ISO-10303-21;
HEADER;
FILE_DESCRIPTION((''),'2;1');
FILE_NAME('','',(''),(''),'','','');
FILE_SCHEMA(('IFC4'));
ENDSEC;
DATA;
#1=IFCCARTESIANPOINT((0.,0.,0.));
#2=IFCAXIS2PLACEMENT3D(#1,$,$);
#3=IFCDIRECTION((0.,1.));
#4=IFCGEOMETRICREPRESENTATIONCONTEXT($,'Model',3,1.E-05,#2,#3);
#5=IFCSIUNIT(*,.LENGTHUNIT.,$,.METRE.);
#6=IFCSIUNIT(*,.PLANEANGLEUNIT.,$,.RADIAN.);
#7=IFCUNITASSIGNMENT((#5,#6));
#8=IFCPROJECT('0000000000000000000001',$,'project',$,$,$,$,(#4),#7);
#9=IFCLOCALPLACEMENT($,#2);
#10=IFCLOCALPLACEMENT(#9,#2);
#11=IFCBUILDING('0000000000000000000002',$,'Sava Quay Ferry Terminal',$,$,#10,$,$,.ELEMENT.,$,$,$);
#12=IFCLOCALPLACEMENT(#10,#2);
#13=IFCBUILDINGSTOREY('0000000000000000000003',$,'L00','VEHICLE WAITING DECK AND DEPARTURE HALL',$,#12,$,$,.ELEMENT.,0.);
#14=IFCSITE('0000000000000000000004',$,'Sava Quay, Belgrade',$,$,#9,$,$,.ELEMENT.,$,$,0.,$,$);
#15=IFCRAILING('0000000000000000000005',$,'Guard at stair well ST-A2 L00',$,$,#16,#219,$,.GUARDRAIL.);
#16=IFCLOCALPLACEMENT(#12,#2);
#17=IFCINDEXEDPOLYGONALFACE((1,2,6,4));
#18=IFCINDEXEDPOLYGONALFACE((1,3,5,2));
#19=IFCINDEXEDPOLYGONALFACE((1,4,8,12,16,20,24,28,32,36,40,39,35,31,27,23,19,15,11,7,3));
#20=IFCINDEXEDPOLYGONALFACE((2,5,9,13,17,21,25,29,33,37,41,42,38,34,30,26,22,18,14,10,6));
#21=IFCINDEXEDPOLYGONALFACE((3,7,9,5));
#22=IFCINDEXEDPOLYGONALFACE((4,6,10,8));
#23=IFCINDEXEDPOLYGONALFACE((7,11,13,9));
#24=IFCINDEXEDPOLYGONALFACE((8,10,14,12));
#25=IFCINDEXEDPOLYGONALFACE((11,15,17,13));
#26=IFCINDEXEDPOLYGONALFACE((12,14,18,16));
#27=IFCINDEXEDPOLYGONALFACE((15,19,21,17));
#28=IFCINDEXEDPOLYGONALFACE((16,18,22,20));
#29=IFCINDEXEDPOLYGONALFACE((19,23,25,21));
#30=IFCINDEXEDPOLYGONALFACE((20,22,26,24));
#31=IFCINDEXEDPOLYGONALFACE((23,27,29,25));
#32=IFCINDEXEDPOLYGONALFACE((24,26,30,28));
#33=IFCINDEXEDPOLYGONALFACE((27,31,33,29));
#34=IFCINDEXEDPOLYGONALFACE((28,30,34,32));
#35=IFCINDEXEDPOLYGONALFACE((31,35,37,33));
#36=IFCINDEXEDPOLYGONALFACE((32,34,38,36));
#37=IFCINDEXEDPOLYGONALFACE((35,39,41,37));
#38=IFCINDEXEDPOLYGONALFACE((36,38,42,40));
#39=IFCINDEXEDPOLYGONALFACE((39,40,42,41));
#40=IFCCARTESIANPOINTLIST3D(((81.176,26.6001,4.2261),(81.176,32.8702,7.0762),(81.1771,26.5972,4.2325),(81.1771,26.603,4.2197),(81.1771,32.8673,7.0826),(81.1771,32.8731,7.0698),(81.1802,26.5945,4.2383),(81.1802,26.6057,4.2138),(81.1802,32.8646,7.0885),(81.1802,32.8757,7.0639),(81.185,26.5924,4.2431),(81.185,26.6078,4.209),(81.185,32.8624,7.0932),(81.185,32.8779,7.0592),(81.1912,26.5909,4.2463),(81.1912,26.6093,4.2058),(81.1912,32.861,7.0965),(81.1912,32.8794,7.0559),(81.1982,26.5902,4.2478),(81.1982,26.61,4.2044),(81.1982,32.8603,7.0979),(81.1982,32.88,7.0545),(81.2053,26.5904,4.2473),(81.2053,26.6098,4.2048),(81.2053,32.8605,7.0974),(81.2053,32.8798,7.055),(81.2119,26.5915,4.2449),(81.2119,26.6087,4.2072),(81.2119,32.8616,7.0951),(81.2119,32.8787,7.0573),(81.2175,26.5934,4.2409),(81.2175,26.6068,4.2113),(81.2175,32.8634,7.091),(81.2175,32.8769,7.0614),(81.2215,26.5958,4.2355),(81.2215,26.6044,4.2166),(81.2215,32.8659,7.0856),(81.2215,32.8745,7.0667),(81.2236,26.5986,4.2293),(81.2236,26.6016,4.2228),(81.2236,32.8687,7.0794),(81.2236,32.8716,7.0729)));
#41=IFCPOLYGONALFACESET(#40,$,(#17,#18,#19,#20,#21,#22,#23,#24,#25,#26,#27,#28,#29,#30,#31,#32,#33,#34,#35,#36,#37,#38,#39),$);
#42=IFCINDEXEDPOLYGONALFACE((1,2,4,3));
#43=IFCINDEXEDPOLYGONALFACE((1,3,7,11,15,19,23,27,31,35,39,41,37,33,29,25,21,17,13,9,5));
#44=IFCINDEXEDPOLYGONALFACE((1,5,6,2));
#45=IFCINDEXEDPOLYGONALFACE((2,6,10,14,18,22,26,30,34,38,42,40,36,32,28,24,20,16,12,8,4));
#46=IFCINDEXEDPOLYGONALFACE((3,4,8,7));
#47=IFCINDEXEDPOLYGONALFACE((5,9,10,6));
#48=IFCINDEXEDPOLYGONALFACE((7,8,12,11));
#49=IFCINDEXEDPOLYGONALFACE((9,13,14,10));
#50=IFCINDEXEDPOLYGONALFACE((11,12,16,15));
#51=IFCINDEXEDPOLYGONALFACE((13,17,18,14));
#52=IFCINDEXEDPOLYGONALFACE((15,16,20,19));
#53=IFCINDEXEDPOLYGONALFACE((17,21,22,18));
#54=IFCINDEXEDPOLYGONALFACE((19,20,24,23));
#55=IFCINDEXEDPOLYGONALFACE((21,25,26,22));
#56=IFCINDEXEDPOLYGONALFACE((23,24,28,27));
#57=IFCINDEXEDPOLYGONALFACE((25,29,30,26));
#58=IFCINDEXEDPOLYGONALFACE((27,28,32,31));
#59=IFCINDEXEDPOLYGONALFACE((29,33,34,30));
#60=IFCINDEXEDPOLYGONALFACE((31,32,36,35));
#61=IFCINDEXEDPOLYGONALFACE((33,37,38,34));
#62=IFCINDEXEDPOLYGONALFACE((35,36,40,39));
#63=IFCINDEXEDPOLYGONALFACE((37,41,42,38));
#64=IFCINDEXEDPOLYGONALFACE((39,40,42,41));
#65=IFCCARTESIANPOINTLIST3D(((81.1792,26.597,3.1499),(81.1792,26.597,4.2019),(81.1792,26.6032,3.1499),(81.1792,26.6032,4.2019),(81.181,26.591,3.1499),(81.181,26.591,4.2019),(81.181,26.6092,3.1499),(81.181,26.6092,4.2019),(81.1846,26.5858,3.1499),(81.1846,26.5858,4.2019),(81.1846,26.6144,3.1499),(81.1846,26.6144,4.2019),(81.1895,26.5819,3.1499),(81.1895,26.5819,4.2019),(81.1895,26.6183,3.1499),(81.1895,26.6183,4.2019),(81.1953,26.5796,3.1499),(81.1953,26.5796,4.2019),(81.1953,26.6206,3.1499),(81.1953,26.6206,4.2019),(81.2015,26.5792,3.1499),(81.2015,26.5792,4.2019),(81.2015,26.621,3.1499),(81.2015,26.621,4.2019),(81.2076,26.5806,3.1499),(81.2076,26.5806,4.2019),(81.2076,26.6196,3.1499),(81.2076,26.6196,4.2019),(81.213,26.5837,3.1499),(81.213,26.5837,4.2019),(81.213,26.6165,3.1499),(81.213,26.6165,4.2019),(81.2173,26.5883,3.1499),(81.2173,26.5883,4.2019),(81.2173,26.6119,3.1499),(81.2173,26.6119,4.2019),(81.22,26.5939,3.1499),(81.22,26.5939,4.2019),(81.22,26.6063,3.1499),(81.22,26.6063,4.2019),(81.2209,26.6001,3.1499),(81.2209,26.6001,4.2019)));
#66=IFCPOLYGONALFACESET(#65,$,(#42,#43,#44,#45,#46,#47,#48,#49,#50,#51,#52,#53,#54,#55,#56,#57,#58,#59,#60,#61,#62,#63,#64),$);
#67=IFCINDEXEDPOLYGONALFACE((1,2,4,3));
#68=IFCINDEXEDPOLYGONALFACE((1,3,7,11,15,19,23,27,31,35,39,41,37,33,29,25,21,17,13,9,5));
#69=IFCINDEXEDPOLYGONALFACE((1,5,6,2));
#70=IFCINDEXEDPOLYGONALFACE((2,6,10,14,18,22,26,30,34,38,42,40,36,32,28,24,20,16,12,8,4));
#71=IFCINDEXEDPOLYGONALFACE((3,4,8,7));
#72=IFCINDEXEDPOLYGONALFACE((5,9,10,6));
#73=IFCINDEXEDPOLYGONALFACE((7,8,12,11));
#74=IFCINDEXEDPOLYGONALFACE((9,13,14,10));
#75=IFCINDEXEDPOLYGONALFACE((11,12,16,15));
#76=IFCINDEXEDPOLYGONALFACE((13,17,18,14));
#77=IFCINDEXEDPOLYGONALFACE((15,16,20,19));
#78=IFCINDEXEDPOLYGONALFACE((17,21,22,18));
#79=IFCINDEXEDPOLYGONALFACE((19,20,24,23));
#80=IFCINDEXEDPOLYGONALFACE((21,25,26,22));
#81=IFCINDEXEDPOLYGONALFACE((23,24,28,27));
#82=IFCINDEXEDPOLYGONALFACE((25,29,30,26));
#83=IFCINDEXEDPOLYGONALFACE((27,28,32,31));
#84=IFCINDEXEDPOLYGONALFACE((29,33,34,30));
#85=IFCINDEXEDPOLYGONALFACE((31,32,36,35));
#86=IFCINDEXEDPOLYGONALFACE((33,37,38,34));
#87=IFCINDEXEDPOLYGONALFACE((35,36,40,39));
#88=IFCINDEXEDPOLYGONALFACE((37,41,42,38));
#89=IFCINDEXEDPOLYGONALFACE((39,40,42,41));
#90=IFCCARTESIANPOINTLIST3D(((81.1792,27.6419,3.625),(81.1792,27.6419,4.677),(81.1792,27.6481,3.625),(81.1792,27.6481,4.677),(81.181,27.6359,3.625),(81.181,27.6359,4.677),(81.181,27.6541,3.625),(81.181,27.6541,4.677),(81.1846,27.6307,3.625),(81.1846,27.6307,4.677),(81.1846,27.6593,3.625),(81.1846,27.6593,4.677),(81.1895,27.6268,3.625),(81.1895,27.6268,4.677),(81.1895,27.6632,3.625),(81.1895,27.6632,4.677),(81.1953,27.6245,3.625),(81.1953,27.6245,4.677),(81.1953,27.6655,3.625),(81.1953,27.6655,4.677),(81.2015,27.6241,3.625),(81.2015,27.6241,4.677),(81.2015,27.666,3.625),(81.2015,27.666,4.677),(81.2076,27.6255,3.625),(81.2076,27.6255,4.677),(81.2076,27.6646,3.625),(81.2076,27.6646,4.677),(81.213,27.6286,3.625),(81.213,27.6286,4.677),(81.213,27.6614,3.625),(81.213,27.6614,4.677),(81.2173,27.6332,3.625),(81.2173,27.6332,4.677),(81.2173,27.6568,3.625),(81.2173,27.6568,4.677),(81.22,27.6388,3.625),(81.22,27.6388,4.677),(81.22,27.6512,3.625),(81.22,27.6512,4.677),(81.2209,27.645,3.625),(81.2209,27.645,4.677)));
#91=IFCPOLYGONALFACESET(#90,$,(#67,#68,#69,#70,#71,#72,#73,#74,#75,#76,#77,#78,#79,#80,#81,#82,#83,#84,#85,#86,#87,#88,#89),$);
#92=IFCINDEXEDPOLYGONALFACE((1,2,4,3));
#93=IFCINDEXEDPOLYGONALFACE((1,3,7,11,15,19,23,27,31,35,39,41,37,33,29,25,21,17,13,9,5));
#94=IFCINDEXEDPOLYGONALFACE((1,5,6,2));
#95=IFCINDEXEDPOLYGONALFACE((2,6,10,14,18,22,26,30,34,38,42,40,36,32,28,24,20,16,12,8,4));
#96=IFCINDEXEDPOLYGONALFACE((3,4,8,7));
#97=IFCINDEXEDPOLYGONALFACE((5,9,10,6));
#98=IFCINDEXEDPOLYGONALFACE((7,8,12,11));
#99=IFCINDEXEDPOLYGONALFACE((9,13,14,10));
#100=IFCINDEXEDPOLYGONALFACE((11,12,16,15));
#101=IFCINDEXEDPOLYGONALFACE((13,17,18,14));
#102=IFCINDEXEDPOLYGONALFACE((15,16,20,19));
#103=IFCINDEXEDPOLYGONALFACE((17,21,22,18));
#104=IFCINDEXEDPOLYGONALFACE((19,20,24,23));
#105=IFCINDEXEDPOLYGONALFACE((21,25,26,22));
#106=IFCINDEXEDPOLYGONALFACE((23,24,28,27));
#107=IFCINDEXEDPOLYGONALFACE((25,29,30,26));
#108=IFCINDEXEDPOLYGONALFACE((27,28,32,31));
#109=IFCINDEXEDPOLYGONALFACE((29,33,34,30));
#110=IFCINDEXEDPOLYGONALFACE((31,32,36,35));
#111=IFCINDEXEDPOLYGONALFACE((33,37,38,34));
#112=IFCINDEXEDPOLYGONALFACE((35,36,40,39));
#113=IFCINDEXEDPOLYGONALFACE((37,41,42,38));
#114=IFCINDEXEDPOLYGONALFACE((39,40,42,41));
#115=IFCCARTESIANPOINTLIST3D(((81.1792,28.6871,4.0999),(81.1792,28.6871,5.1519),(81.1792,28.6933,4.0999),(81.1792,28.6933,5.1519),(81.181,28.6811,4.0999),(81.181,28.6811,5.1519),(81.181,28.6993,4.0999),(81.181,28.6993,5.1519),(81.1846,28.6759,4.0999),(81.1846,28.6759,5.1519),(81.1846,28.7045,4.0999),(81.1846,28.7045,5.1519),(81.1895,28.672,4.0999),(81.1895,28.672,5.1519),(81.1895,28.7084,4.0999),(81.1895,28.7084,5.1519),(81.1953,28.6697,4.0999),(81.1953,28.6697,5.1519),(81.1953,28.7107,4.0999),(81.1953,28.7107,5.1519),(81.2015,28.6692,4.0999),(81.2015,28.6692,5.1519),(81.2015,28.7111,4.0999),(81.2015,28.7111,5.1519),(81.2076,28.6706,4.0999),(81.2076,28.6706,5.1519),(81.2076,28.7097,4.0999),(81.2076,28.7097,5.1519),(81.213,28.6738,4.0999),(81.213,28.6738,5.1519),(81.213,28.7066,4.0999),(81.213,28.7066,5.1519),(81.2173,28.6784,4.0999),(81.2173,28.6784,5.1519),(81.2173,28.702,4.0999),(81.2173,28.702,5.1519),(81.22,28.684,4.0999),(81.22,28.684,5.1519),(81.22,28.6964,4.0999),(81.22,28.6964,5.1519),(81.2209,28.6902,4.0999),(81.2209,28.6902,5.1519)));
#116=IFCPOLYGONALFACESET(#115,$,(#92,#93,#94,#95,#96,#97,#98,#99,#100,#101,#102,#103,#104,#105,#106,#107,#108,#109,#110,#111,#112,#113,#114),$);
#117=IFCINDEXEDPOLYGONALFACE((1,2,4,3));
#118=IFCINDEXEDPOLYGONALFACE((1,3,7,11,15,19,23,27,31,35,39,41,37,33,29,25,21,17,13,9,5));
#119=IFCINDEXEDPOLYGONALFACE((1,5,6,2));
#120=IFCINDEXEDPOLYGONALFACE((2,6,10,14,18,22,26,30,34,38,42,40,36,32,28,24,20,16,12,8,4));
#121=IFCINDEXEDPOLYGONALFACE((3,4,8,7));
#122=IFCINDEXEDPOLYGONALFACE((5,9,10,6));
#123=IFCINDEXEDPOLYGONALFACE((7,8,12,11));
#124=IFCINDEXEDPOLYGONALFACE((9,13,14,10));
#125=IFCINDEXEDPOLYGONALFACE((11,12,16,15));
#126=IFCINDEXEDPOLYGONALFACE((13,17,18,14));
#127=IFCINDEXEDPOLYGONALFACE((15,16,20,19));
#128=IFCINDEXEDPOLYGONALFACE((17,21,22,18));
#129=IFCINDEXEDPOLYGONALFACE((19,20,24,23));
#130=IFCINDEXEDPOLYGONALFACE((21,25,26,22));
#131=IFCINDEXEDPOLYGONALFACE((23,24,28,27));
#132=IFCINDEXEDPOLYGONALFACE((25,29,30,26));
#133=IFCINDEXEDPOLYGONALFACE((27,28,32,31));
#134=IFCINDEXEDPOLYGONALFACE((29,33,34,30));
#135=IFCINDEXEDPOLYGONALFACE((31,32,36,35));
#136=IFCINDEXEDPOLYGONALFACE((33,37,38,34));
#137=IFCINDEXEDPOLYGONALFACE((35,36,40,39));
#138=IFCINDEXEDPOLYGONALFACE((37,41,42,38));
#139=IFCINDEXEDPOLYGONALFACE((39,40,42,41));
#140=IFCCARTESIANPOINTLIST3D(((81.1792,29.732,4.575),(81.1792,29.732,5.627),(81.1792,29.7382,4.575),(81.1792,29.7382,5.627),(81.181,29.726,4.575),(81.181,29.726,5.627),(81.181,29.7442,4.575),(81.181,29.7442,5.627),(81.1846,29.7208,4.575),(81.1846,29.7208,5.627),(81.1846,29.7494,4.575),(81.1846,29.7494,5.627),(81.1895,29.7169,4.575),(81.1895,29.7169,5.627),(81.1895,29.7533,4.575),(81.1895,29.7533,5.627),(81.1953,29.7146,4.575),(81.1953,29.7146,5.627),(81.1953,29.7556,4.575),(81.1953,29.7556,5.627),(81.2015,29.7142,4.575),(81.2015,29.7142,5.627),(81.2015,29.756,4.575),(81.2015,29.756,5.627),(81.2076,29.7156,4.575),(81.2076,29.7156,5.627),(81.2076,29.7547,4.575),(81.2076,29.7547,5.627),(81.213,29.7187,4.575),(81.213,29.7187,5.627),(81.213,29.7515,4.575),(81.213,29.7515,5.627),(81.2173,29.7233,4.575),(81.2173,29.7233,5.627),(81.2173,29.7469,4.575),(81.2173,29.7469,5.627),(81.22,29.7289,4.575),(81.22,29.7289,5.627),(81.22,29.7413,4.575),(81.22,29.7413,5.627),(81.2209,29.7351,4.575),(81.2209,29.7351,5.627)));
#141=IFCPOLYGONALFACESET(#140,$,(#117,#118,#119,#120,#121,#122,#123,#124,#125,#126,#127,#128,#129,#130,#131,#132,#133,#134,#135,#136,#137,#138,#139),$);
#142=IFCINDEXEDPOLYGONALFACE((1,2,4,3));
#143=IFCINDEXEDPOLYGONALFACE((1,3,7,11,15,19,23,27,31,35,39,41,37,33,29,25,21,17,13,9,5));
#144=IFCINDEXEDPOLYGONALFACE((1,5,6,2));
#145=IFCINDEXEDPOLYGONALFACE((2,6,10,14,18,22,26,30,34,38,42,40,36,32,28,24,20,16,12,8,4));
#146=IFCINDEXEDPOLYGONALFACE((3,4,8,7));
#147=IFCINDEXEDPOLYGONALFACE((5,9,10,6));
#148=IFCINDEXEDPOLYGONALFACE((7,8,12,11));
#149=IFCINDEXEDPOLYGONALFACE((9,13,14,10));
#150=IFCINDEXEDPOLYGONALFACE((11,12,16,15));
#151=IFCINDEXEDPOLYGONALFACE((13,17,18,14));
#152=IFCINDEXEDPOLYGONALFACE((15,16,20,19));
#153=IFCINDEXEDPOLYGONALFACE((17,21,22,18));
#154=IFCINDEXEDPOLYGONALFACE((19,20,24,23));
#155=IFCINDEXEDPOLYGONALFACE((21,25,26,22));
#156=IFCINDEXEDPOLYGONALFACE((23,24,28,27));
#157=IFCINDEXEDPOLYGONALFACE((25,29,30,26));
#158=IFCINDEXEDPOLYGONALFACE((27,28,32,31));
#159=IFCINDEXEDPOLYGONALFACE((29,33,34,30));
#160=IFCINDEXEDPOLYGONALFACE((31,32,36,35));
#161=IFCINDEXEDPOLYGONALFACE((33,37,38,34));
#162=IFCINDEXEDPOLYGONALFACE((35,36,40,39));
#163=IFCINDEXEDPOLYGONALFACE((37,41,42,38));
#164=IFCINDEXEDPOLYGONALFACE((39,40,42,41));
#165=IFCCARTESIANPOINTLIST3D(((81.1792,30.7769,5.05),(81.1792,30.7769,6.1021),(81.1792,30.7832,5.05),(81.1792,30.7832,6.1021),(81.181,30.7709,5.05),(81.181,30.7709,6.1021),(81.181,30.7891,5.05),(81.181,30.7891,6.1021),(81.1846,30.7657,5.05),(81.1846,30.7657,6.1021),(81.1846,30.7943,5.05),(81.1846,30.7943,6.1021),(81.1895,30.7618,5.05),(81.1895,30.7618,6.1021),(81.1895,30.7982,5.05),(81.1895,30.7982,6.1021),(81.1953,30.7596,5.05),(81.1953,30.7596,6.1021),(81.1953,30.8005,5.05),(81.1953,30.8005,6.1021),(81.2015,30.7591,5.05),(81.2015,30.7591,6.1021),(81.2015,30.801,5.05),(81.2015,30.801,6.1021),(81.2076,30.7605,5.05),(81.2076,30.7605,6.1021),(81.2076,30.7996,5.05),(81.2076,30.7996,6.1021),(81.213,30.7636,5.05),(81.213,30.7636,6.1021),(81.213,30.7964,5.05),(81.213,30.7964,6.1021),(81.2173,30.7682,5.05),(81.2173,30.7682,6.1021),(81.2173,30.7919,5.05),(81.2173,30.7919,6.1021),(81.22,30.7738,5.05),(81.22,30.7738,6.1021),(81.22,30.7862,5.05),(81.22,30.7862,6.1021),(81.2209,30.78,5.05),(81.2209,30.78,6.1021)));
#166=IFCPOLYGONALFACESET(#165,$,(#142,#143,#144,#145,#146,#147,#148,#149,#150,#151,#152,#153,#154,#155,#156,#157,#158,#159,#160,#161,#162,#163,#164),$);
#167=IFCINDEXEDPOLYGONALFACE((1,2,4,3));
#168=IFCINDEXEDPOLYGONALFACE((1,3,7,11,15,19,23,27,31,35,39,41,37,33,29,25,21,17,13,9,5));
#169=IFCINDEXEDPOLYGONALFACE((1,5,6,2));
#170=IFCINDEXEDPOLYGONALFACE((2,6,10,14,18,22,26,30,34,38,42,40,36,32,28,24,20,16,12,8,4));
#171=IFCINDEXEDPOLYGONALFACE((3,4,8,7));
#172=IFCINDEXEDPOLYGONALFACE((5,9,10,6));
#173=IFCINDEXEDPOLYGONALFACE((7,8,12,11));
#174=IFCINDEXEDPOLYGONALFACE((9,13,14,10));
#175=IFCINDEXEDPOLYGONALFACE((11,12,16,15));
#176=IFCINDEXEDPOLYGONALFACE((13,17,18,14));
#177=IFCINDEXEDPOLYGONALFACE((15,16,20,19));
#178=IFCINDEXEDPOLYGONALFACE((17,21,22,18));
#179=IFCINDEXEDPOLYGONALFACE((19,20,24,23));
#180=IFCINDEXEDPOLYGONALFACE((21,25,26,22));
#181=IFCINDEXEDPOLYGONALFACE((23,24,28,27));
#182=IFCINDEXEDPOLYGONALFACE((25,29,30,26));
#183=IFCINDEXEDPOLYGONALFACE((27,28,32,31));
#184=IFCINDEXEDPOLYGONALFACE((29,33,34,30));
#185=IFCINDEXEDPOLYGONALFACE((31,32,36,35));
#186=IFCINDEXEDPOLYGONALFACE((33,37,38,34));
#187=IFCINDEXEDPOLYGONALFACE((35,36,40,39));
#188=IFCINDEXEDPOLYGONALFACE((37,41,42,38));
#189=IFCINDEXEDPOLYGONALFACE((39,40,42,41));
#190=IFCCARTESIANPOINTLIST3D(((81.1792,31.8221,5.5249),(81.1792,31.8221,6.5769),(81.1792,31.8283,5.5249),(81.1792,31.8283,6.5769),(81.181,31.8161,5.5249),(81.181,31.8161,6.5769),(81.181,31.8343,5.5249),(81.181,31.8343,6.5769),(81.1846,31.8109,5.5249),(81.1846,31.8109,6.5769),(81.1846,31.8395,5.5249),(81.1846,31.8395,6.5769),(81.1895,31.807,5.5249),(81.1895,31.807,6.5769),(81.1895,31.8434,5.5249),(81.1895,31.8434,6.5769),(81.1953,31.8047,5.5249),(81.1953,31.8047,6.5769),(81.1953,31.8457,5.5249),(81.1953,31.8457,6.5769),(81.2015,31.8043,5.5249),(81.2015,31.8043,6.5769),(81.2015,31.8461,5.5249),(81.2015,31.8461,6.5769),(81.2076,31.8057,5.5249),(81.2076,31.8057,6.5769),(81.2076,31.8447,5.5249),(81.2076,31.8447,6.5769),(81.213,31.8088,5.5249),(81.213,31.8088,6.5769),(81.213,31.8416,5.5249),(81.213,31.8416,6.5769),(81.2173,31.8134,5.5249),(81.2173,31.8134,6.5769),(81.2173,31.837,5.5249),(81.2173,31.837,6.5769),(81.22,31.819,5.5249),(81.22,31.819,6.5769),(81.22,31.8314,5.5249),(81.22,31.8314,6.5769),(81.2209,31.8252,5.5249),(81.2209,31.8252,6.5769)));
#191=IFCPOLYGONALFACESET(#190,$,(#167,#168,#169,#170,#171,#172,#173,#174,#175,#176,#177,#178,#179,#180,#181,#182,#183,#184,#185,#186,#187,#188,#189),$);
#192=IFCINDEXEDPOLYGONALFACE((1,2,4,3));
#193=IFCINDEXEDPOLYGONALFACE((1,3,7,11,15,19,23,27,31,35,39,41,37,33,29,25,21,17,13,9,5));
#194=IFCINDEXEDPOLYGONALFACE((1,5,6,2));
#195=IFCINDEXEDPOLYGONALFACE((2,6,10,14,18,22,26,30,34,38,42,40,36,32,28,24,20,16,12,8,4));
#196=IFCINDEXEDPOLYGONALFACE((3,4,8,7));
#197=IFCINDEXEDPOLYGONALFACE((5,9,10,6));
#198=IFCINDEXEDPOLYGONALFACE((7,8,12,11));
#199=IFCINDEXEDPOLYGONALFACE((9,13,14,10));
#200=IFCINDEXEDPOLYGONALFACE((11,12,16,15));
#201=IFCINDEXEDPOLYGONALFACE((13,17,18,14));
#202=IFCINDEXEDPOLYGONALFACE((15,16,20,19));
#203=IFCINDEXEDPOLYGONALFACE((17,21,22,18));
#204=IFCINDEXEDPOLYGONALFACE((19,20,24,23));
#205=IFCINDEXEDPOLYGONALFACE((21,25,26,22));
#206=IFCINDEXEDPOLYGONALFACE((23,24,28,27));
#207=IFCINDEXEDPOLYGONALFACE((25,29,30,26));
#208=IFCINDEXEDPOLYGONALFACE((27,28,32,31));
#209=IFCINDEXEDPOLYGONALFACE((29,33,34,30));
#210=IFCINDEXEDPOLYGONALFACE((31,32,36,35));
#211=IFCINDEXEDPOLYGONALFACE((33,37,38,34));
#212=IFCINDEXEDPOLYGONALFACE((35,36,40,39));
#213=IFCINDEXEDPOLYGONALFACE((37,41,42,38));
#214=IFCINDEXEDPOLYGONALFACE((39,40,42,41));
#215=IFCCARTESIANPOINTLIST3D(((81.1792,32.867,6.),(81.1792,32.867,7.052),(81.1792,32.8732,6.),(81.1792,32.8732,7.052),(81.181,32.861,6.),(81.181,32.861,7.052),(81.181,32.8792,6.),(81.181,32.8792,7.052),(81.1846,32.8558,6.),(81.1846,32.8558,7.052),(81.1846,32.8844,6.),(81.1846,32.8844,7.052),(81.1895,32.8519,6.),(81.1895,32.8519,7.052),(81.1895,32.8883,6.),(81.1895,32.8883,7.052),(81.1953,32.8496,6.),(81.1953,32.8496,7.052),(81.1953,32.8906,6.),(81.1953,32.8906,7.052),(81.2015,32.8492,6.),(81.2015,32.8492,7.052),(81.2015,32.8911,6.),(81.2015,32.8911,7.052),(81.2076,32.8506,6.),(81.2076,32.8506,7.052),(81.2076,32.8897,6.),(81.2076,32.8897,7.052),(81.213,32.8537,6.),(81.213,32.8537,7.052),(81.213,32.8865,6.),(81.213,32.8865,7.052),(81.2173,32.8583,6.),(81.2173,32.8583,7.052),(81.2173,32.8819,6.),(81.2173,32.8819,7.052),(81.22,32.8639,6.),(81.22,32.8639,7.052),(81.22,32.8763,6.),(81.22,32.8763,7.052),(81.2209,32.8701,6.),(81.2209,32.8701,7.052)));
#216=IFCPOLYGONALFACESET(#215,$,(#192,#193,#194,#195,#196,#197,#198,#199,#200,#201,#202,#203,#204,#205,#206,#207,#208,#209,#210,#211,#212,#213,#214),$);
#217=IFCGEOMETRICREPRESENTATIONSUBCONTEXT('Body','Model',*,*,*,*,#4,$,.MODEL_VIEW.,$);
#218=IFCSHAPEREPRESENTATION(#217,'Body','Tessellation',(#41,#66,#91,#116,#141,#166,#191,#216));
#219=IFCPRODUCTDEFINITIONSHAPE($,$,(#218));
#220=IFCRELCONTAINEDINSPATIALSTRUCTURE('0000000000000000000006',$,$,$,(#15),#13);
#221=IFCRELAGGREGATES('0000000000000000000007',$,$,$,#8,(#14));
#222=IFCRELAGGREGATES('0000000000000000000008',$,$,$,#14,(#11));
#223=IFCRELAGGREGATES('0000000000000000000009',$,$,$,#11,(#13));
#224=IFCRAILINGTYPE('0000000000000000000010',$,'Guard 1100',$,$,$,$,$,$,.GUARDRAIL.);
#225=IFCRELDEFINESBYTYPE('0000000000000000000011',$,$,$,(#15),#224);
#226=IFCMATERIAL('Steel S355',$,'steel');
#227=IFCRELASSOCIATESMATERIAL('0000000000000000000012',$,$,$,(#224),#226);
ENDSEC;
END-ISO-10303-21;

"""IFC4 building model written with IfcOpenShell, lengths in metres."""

from ifc_helpers import new_model, si_unit, direction, frame, origin, origin_2d, place, context, subcontext, project, spatial, circle, extrude, material, type_object, element, save


model = new_model("IFC4")

# Units and contexts
model_context = context("Model", 3, precision=1e-05, world=origin(), true_north=direction((0.0, 1.0)))
body_context = subcontext(model_context, "Body", "Model", "MODEL_VIEW")
ifc_project = project(units=[si_unit("LENGTHUNIT", "METRE"), si_unit("PLANEANGLEUNIT", "RADIAN")], contexts=[model_context])

# Site, building, storey
site_placement = place(None, origin())
site = spatial("IfcSite", under=ifc_project, at=site_placement, Name="Sava Quay, Belgrade", CompositionType="ELEMENT", RefElevation=0.0)
building_placement = place(site_placement, origin())
building = spatial("IfcBuilding", under=site, at=building_placement, Name="Sava Quay Ferry Terminal", CompositionType="ELEMENT")
storey_placement = place(building_placement, origin())
storey = spatial("IfcBuildingStorey", under=building, at=storey_placement, Name="L00", Description="VEHICLE WAITING DECK AND DEPARTURE HALL", CompositionType="ELEMENT", Elevation=0.0)

# Railing
ifc_material_1 = material(Name="Steel S355", Category="steel")
railing_type_1 = type_object("IfcRailingType", Name="Guard 1100", PredefinedType="GUARDRAIL", material=ifc_material_1)
railing_1_placement = place(storey_placement, frame((81.2, 26.6001, 3.1499)))
element("IfcRailing", 1, at=railing_1_placement, inside=storey, type_object=railing_type_1, Name="Guard at stair well ST-A2 L00", PredefinedType="GUARDRAIL", context=body_context, shape_type="SweptSolid", body=[
    extrude(circle(Radius=0.0239, at=origin_2d()), frame((0.0, 0.0, 1.0762), z_axis=(0.0, 0.910362, 0.413814), x_axis=(-1.0, 0.0, 0.0)), (0.0, 0.0, 1.0), 6.8875),
    extrude(circle(Radius=0.021, at=origin_2d()), origin(), (0.0, 0.0, 1.0), 1.052),
    extrude(circle(Radius=0.021, at=origin_2d()), frame((0.0, 1.0449, 0.4751)), (0.0, 0.0, 1.0), 1.052),
    extrude(circle(Radius=0.021, at=origin_2d()), frame((0.0, 2.0901, 0.95)), (0.0, 0.0, 1.0), 1.052),
    extrude(circle(Radius=0.021, at=origin_2d()), frame((0.0, 3.135, 1.425)), (0.0, 0.0, 1.0), 1.052),
    extrude(circle(Radius=0.021, at=origin_2d()), frame((0.0, 4.1799, 1.9001)), (0.0, 0.0, 1.0), 1.052),
    extrude(circle(Radius=0.021, at=origin_2d()), frame((0.0, 5.2251, 2.375)), (0.0, 0.0, 1.0), 1.052),
    extrude(circle(Radius=0.021, at=origin_2d()), frame((0.0, 6.27, 2.8501)), (0.0, 0.0, 1.0), 1.052),
])

save(model, "model.ifc")
